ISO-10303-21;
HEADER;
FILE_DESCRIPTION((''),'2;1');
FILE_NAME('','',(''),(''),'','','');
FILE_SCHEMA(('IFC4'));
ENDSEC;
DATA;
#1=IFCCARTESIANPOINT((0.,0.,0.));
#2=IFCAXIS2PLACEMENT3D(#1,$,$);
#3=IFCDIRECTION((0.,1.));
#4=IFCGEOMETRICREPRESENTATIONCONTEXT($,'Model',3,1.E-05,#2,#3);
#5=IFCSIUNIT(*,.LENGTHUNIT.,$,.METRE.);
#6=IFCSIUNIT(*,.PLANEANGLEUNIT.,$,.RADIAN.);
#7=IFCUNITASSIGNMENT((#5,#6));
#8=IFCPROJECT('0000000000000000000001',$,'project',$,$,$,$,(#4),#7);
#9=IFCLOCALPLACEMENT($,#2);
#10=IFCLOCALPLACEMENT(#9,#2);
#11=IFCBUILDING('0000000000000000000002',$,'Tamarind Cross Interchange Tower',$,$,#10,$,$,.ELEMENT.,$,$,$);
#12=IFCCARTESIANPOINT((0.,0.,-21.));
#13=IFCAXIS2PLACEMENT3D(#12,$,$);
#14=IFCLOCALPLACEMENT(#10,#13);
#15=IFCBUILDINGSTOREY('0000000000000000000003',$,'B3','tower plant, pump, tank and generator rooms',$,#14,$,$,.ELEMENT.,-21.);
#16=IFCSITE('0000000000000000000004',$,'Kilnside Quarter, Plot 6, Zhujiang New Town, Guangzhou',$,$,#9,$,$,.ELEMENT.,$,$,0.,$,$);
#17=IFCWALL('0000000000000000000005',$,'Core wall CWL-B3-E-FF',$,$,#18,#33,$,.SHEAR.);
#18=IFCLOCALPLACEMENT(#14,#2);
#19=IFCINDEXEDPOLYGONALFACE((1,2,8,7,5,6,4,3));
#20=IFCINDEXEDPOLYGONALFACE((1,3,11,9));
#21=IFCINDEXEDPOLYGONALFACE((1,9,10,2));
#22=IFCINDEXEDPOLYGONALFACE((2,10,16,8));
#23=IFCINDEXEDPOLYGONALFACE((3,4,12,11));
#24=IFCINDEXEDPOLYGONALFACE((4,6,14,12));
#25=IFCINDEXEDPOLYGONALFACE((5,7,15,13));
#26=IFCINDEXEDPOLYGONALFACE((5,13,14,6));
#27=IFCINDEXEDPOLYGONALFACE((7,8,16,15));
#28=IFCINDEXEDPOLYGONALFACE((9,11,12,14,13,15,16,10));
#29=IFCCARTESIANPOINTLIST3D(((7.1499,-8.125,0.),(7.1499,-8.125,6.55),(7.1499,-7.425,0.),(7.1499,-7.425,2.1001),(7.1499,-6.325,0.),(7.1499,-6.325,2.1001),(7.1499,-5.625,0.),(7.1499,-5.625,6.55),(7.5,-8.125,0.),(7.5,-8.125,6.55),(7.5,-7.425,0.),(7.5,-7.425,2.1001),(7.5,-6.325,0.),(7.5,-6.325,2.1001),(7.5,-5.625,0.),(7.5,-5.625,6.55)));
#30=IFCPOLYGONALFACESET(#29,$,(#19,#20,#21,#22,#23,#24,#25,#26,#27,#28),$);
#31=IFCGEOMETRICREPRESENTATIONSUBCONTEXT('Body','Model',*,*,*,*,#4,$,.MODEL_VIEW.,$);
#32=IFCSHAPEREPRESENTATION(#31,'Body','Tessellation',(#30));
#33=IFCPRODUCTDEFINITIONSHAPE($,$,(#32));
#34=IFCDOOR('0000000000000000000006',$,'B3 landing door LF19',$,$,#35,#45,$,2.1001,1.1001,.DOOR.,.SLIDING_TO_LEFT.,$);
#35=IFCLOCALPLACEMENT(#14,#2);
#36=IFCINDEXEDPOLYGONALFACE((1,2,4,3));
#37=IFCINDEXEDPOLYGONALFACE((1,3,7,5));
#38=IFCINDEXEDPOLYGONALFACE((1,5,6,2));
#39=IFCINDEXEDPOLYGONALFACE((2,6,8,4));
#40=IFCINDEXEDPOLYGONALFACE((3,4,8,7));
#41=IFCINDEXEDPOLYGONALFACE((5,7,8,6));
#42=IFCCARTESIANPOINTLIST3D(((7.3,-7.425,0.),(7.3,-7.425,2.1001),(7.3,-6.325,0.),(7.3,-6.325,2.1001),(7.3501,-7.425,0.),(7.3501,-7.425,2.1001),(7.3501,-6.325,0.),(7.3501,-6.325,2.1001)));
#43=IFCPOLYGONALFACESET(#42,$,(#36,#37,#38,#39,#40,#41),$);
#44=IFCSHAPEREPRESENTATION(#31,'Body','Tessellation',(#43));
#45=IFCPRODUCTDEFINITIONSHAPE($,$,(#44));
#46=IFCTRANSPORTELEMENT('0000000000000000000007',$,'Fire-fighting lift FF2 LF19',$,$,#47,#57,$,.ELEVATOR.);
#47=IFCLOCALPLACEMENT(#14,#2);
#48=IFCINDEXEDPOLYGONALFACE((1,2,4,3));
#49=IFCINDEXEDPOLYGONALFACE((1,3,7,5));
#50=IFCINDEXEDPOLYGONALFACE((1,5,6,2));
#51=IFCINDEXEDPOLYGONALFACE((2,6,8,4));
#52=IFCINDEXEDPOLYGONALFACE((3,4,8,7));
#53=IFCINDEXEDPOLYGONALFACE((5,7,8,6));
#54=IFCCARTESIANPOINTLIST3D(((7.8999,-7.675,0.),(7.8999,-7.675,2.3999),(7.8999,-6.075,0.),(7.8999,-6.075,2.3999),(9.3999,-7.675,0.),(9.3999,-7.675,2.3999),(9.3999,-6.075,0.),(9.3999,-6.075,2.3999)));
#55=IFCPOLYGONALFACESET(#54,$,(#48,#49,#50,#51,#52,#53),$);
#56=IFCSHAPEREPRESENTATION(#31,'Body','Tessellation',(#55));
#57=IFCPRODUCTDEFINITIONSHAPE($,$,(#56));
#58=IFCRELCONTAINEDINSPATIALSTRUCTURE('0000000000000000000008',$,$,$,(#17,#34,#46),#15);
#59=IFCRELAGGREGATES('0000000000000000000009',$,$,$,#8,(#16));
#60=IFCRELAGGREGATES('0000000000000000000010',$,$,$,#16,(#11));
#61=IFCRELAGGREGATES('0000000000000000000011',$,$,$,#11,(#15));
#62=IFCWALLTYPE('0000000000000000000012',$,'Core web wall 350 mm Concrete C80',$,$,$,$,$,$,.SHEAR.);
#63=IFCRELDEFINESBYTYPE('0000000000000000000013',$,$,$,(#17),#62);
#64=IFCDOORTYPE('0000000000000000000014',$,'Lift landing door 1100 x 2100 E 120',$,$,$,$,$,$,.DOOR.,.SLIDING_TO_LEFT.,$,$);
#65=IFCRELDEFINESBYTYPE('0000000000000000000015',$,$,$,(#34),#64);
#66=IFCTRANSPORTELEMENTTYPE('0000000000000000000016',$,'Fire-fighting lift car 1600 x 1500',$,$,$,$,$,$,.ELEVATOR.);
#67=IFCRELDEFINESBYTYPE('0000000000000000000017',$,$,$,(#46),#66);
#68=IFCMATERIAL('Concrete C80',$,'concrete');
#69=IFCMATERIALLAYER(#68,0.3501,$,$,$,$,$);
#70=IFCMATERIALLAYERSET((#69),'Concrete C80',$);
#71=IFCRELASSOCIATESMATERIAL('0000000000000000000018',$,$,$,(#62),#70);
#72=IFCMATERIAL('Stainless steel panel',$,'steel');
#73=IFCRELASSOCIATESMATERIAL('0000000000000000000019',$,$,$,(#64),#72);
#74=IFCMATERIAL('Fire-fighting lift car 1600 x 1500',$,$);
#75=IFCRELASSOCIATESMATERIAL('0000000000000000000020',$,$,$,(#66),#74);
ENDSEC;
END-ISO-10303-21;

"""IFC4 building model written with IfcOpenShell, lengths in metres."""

from ifc_helpers import new_model, si_unit, direction, frame, frame_2d, origin, origin_2d, place, context, subcontext, project, spatial, rectangle, extrude, material, layer, layer_set, type_object, element, fill, save


model = new_model("IFC4")

# Units and contexts
model_context = context("Model", 3, precision=1e-05, world=origin(), true_north=direction((0.0, 1.0)))
body_context = subcontext(model_context, "Body", "Model", "MODEL_VIEW")
ifc_project = project(units=[si_unit("LENGTHUNIT", "METRE"), si_unit("PLANEANGLEUNIT", "RADIAN")], contexts=[model_context])

# Site, building, storey
site_placement = place(None, origin())
site = spatial("IfcSite", under=ifc_project, at=site_placement, Name="Kilnside Quarter, Plot 6, Zhujiang New Town, Guangzhou", CompositionType="ELEMENT", RefElevation=0.0)
building_placement = place(site_placement, origin())
building = spatial("IfcBuilding", under=site, at=building_placement, Name="Tamarind Cross Interchange Tower", CompositionType="ELEMENT")
storey_placement = place(building_placement, frame((0.0, 0.0, -21.0)))
storey = spatial("IfcBuildingStorey", under=building, at=storey_placement, Name="B3", Description="tower plant, pump, tank and generator rooms", CompositionType="ELEMENT", Elevation=-21.0)

# Shared definitions
ifc_material_1 = material(Name="Concrete C80", Category="concrete")

# Shared definitions
ifc_layer_1 = layer(ifc_material_1, 0.3501)
ifc_layer_set_1 = layer_set([ifc_layer_1], Name="Concrete C80")
wall_type_1 = type_object("IfcWallType", Name="Core web wall 350 mm Concrete C80", PredefinedType="SHEAR", material=ifc_layer_set_1)

# Wall, opening, door
wall_1_placement = place(storey_placement, frame((7.325, -8.125, 0.0), z_axis=(0.0, 0.0, 1.0), x_axis=(0.0, 1.0, 0.0)))
wall_1 = element("IfcWall", 1, at=wall_1_placement, inside=storey, type_object=wall_type_1, Name="Core wall CWL-B3-E-FF", PredefinedType="SHEAR", context=body_context, shape_type="SweptSolid", body=[
    extrude(rectangle(XDim=2.5, YDim=0.3501, at=frame_2d((1.25, 0.0))), origin(), (0.0, 0.0, 1.0), 6.55),
])
opening_1_placement = place(wall_1_placement, frame((0.7, 0.0, 0.0)))
opening_1 = element("IfcOpeningElement", 2, at=opening_1_placement, cuts=wall_1, PredefinedType="OPENING", context=body_context, shape_type="SweptSolid", body=[
    extrude(rectangle(XDim=1.1001, YDim=2.1001, at=frame_2d((0.55, 1.05))), frame((0.0, 0.1851, 0.0), z_axis=(0.0, -1.0, 0.0), x_axis=(1.0, 0.0, 0.0)), (0.0, 0.0, 1.0), 0.3701),
])
ifc_material_2 = material(Name="Stainless steel panel", Category="steel")
door_type_1 = type_object("IfcDoorType", Name="Lift landing door 1100 x 2100 E 120", OperationType="SLIDING_TO_LEFT", PredefinedType="DOOR", material=ifc_material_2)
door_1_placement = place(opening_1_placement, origin())
door_1 = element("IfcDoor", 3, at=door_1_placement, inside=storey, type_object=door_type_1, Name="B3 landing door LF19", OperationType="SLIDING_TO_LEFT", OverallHeight=2.1001, OverallWidth=1.1001, PredefinedType="DOOR", context=body_context, shape_type="SweptSolid", body=[
    extrude(rectangle(XDim=1.1001, YDim=2.1001, at=frame_2d((0.55, 1.05))), frame((0.0, 0.0249, 0.0), z_axis=(0.0, -1.0, 0.0), x_axis=(1.0, 0.0, 0.0)), (0.0, 0.0, 1.0), 0.05),
])
fill(opening_1, door_1)

# Transport element
ifc_material_3 = material(Name="Fire-fighting lift car 1600 x 1500")
transport_element_type = type_object("IfcTransportElementType", Name="Fire-fighting lift car 1600 x 1500", PredefinedType="ELEVATOR", material=ifc_material_3)
transport_element_placement = place(storey_placement, frame((8.6499, -6.875, 0.0), z_axis=(0.0, 0.0, 1.0), x_axis=(1.0, 0.0, 0.0)))
element("IfcTransportElement", 4, at=transport_element_placement, inside=storey, type_object=transport_element_type, Name="Fire-fighting lift FF2 LF19", PredefinedType="ELEVATOR", context=body_context, shape_type="SweptSolid", body=[
    extrude(rectangle(XDim=1.5, YDim=1.6001, at=origin_2d()), origin(), (0.0, 0.0, 1.0), 2.3999),
])

save(model, "model.ifc")
